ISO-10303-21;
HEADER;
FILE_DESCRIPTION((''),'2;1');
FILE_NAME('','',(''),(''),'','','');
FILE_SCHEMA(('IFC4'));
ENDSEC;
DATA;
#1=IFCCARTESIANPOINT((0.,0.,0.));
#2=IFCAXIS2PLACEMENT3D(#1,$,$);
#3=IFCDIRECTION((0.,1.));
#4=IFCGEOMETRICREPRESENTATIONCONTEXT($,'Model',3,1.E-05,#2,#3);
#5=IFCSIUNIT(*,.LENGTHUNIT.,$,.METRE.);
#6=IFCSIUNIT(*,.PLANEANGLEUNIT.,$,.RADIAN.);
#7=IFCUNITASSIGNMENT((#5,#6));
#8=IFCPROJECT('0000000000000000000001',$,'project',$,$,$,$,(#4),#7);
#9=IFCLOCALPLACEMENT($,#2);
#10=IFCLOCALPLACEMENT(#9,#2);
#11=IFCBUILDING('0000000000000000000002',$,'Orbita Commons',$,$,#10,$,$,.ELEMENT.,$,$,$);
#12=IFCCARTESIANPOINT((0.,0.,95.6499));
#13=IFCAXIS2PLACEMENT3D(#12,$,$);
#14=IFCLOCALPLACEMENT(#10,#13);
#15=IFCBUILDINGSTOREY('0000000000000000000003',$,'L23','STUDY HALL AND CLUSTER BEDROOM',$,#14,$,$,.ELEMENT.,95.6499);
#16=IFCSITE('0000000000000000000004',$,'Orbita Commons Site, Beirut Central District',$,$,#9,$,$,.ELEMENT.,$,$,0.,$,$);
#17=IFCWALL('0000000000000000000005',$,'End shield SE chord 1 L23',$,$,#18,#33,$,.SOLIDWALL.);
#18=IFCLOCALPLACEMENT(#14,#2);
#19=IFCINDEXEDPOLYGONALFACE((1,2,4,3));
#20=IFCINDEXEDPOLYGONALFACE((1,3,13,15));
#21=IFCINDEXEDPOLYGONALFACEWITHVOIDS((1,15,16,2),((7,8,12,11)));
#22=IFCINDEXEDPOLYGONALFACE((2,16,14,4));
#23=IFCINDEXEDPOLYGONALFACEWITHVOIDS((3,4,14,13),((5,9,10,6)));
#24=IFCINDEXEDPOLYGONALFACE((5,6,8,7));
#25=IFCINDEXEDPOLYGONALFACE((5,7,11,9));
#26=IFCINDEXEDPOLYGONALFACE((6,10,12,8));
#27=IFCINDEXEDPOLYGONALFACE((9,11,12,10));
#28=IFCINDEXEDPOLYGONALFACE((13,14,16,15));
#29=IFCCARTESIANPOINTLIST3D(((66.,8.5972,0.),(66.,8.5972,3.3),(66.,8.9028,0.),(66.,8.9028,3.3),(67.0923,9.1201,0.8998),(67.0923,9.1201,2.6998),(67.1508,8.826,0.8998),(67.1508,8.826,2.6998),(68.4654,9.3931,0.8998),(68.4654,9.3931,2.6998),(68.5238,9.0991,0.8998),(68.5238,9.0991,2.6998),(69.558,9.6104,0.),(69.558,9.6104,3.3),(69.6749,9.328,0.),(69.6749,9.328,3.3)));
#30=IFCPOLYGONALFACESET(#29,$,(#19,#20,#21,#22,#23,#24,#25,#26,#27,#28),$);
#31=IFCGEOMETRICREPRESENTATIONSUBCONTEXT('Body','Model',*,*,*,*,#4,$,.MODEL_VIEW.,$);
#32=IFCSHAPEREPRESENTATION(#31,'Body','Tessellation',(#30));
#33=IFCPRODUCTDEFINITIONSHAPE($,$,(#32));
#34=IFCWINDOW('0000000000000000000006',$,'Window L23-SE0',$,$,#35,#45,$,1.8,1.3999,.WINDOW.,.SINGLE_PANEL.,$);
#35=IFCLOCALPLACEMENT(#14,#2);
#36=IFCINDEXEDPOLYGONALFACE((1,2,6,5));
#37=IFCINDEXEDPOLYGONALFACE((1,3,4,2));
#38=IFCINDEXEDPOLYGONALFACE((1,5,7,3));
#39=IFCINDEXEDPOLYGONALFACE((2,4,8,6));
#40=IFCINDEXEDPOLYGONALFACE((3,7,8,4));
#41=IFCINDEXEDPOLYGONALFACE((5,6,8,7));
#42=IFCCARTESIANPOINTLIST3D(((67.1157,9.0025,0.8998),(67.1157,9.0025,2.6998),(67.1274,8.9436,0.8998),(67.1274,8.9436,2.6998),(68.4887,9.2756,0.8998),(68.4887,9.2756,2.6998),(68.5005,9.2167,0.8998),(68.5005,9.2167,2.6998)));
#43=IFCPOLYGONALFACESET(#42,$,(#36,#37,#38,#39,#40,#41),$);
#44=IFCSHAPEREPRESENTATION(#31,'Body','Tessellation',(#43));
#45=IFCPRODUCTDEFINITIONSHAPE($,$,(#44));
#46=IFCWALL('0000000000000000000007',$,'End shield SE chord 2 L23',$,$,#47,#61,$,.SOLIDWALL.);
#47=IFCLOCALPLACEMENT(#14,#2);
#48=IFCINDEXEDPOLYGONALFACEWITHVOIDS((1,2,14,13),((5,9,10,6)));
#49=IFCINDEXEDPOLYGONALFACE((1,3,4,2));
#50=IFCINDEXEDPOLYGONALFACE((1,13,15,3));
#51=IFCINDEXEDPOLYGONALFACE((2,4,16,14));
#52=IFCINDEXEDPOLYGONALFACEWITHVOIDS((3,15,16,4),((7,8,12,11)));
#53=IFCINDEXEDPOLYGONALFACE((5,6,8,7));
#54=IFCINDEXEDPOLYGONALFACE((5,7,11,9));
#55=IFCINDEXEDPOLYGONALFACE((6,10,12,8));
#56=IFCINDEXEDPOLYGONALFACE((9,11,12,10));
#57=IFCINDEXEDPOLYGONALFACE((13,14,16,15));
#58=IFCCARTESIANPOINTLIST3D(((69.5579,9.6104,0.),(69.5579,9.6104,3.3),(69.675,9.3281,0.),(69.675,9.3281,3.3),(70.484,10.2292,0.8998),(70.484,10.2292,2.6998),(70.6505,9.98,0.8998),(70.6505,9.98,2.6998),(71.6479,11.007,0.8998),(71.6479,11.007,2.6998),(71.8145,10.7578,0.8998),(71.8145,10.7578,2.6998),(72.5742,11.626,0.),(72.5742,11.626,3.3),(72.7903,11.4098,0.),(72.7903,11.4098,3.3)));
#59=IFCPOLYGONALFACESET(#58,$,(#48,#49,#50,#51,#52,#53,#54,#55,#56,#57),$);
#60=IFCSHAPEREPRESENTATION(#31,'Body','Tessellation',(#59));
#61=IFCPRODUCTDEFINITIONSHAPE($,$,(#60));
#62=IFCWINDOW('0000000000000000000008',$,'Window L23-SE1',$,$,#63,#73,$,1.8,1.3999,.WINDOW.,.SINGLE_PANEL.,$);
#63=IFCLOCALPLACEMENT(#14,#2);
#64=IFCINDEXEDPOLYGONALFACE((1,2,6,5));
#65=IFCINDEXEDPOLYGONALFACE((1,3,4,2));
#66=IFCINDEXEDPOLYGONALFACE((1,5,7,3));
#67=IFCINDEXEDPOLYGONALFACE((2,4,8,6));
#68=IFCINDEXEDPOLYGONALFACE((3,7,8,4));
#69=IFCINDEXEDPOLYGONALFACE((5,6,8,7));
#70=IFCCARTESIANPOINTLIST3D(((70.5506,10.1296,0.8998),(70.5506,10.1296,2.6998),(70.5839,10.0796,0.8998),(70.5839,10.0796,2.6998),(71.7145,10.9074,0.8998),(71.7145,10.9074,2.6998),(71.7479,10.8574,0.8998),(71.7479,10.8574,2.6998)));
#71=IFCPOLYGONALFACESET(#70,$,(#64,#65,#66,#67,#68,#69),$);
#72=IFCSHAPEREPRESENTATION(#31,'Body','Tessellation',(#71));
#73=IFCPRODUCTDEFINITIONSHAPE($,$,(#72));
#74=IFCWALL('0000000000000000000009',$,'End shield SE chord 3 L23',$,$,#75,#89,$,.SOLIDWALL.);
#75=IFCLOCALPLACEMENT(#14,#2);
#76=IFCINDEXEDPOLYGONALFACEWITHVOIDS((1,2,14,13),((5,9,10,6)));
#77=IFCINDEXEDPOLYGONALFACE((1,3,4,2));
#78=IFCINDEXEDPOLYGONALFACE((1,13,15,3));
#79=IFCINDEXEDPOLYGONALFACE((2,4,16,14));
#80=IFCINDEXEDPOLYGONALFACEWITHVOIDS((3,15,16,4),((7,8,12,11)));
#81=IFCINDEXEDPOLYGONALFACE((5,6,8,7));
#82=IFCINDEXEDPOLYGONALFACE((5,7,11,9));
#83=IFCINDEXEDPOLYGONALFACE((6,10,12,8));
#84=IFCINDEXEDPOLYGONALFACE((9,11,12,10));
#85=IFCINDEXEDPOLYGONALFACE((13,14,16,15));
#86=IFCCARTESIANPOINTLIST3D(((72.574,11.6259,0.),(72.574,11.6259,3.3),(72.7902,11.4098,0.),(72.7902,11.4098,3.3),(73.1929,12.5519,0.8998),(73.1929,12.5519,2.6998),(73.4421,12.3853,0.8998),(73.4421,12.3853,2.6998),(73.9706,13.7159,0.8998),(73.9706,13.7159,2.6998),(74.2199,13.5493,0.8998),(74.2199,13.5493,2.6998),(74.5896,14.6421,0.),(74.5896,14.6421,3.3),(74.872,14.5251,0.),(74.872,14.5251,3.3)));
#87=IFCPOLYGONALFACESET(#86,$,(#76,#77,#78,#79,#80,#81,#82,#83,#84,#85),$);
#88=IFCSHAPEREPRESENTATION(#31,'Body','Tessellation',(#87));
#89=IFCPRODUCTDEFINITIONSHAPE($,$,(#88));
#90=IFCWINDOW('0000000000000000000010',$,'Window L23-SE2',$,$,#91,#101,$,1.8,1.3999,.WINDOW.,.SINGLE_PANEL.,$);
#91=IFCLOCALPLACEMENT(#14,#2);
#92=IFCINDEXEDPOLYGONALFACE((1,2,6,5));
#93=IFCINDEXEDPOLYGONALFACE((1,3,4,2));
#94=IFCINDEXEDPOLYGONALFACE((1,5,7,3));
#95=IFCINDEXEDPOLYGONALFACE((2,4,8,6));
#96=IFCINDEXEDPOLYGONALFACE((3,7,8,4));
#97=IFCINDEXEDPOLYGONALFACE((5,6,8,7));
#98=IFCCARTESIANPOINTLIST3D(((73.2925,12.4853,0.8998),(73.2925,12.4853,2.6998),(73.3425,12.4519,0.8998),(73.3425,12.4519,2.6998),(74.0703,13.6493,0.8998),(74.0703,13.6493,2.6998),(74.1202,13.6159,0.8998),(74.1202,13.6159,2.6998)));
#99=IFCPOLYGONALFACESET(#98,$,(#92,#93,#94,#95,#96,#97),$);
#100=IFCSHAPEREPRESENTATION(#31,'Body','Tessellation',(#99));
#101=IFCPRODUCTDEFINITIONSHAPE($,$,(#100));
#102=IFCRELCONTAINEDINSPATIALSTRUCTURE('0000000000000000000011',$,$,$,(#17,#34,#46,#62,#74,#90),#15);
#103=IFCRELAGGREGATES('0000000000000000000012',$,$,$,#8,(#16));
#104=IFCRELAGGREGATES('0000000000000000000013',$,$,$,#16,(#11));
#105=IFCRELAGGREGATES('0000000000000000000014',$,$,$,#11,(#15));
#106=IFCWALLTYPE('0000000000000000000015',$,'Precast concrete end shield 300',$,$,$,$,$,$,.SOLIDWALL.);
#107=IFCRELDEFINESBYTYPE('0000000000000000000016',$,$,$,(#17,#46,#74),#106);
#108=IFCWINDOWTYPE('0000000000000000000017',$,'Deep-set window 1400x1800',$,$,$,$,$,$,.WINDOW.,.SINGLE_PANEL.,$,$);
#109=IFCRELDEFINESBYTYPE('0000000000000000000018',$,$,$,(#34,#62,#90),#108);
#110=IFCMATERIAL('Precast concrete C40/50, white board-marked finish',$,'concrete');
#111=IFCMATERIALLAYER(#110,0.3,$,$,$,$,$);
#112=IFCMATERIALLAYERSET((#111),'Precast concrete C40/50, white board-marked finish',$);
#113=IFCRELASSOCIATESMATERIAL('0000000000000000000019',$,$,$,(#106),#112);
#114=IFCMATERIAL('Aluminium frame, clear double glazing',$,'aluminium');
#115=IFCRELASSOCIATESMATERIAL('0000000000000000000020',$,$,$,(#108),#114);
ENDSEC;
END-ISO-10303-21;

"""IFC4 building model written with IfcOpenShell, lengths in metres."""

from ifc_helpers import new_model, si_unit, direction, frame, frame_2d, origin, place, context, subcontext, project, spatial, polyline, rectangle, outline, extrude, material, layer, layer_set, type_object, element, fill, save


model = new_model("IFC4")

# Units and contexts
model_context = context("Model", 3, precision=1e-05, world=origin(), true_north=direction((0.0, 1.0)))
body_context = subcontext(model_context, "Body", "Model", "MODEL_VIEW")
ifc_project = project(units=[si_unit("LENGTHUNIT", "METRE"), si_unit("PLANEANGLEUNIT", "RADIAN")], contexts=[model_context])

# Site, building, storey
site_placement = place(None, origin())
site = spatial("IfcSite", under=ifc_project, at=site_placement, Name="Orbita Commons Site, Beirut Central District", CompositionType="ELEMENT", RefElevation=0.0)
building_placement = place(site_placement, origin())
building = spatial("IfcBuilding", under=site, at=building_placement, Name="Orbita Commons", CompositionType="ELEMENT")
storey_placement = place(building_placement, frame((0.0, 0.0, 95.6499)))
storey = spatial("IfcBuildingStorey", under=building, at=storey_placement, Name="L23", Description="STUDY HALL AND CLUSTER BEDROOM", CompositionType="ELEMENT", Elevation=95.6499)

# Walls, openings, windows
ifc_material_1 = material(Name="Precast concrete C40/50, white board-marked finish", Category="concrete")
ifc_layer_1 = layer(ifc_material_1, 0.3)
ifc_layer_set_1 = layer_set([ifc_layer_1], Name="Precast concrete C40/50, white board-marked finish")
wall_type_1 = type_object("IfcWallType", Name="Precast concrete end shield 300", PredefinedType="SOLIDWALL", material=ifc_layer_set_1)
wall_1_placement = place(storey_placement, frame((66.0, 8.75, 0.0), z_axis=(0.0, 0.0, 1.0), x_axis=(0.980791, 0.195059, 0.0)))
wall_1 = element("IfcWall", 1, at=wall_1_placement, inside=storey, type_object=wall_type_1, Name="End shield SE chord 1 L23", PredefinedType="SOLIDWALL", context=body_context, shape_type="SweptSolid", body=[
    extrude(outline(polyline([(-0.0298, -0.1499), (3.717, -0.1499), (3.6575, 0.1499), (0.0298, 0.1499), (-0.0298, -0.1499)])), origin(), (0.0, 0.0, 1.0), 3.3),
])
opening_1_placement = place(wall_1_placement, frame((1.1436, 0.0, 0.8999)))
opening_1 = element("IfcOpeningElement", 2, at=opening_1_placement, cuts=wall_1, PredefinedType="OPENING", context=body_context, shape_type="SweptSolid", body=[
    extrude(rectangle(XDim=1.3999, YDim=1.8, at=frame_2d((0.7, 0.8999))), frame((0.0, 0.1599, 0.0), z_axis=(0.0, -1.0, 0.0), x_axis=(1.0, 0.0, 0.0)), (0.0, 0.0, 1.0), 0.3201),
])
ifc_material_2 = material(Name="Aluminium frame, clear double glazing", Category="aluminium")
window_type = type_object("IfcWindowType", Name="Deep-set window 1400x1800", PartitioningType="SINGLE_PANEL", PredefinedType="WINDOW", material=ifc_material_2)
window_1_placement = place(opening_1_placement, origin())
window_1 = element("IfcWindow", 3, at=window_1_placement, inside=storey, type_object=window_type, Name="Window L23-SE0", OverallHeight=1.8, OverallWidth=1.3999, PartitioningType="SINGLE_PANEL", PredefinedType="WINDOW", context=body_context, shape_type="SweptSolid", body=[
    extrude(rectangle(XDim=1.3999, YDim=1.8, at=frame_2d((0.7, 0.8999))), frame((0.0, 0.03, 0.0), z_axis=(0.0, -1.0, 0.0), x_axis=(1.0, 0.0, 0.0)), (0.0, 0.0, 1.0), 0.0601),
])
fill(opening_1, window_1)
wall_2_placement = place(storey_placement, frame((69.6165, 9.4692, 0.0), z_axis=(0.0, 0.0, 1.0), x_axis=(0.831449, 0.555601, 0.0)))
wall_2 = element("IfcWall", 4, at=wall_2_placement, inside=storey, type_object=wall_type_1, Name="End shield SE chord 2 L23", PredefinedType="SOLIDWALL", context=body_context, shape_type="SweptSolid", body=[
    extrude(outline(polyline([(-0.0298, -0.1499), (3.717, -0.1499), (3.6575, 0.1499), (0.0298, 0.1499), (-0.0298, -0.1499)])), origin(), (0.0, 0.0, 1.0), 3.3),
])
opening_2_placement = place(wall_2_placement, frame((1.1436, 0.0, 0.8999)))
opening_2 = element("IfcOpeningElement", 5, at=opening_2_placement, cuts=wall_2, PredefinedType="OPENING", context=body_context, shape_type="SweptSolid", body=[
    extrude(rectangle(XDim=1.3999, YDim=1.8, at=frame_2d((0.7, 0.8999))), frame((0.0, 0.1599, 0.0), z_axis=(0.0, -1.0, 0.0), x_axis=(1.0, 0.0, 0.0)), (0.0, 0.0, 1.0), 0.3201),
])
window_2_placement = place(opening_2_placement, origin())
window_2 = element("IfcWindow", 6, at=window_2_placement, inside=storey, type_object=window_type, Name="Window L23-SE1", OverallHeight=1.8, OverallWidth=1.3999, PartitioningType="SINGLE_PANEL", PredefinedType="WINDOW", context=body_context, shape_type="SweptSolid", body=[
    extrude(rectangle(XDim=1.3999, YDim=1.8, at=frame_2d((0.7, 0.8999))), frame((0.0, 0.03, 0.0), z_axis=(0.0, -1.0, 0.0), x_axis=(1.0, 0.0, 0.0)), (0.0, 0.0, 1.0), 0.0601),
])
fill(opening_2, window_2)
wall_3_placement = place(storey_placement, frame((72.6821, 11.5178, 0.0), z_axis=(0.0, 0.0, 1.0), x_axis=(0.555601, 0.831449, 0.0)))
wall_3 = element("IfcWall", 7, at=wall_3_placement, inside=storey, type_object=wall_type_1, Name="End shield SE chord 3 L23", PredefinedType="SOLIDWALL", context=body_context, shape_type="SweptSolid", body=[
    extrude(outline(polyline([(-0.0298, -0.1499), (3.717, -0.1499), (3.6575, 0.1499), (0.0298, 0.1499), (-0.0298, -0.1499)])), origin(), (0.0, 0.0, 1.0), 3.3),
])
opening_3_placement = place(wall_3_placement, frame((1.1436, 0.0, 0.8999)))
opening_3 = element("IfcOpeningElement", 8, at=opening_3_placement, cuts=wall_3, PredefinedType="OPENING", context=body_context, shape_type="SweptSolid", body=[
    extrude(rectangle(XDim=1.3999, YDim=1.8, at=frame_2d((0.7, 0.8999))), frame((0.0, 0.1599, 0.0), z_axis=(0.0, -1.0, 0.0), x_axis=(1.0, 0.0, 0.0)), (0.0, 0.0, 1.0), 0.3201),
])
window_3_placement = place(opening_3_placement, origin())
window_3 = element("IfcWindow", 9, at=window_3_placement, inside=storey, type_object=window_type, Name="Window L23-SE2", OverallHeight=1.8, OverallWidth=1.3999, PartitioningType="SINGLE_PANEL", PredefinedType="WINDOW", context=body_context, shape_type="SweptSolid", body=[
    extrude(rectangle(XDim=1.3999, YDim=1.8, at=frame_2d((0.7, 0.8999))), frame((0.0, 0.03, 0.0), z_axis=(0.0, -1.0, 0.0), x_axis=(1.0, 0.0, 0.0)), (0.0, 0.0, 1.0), 0.0601),
])
fill(opening_3, window_3)

save(model, "model.ifc")
